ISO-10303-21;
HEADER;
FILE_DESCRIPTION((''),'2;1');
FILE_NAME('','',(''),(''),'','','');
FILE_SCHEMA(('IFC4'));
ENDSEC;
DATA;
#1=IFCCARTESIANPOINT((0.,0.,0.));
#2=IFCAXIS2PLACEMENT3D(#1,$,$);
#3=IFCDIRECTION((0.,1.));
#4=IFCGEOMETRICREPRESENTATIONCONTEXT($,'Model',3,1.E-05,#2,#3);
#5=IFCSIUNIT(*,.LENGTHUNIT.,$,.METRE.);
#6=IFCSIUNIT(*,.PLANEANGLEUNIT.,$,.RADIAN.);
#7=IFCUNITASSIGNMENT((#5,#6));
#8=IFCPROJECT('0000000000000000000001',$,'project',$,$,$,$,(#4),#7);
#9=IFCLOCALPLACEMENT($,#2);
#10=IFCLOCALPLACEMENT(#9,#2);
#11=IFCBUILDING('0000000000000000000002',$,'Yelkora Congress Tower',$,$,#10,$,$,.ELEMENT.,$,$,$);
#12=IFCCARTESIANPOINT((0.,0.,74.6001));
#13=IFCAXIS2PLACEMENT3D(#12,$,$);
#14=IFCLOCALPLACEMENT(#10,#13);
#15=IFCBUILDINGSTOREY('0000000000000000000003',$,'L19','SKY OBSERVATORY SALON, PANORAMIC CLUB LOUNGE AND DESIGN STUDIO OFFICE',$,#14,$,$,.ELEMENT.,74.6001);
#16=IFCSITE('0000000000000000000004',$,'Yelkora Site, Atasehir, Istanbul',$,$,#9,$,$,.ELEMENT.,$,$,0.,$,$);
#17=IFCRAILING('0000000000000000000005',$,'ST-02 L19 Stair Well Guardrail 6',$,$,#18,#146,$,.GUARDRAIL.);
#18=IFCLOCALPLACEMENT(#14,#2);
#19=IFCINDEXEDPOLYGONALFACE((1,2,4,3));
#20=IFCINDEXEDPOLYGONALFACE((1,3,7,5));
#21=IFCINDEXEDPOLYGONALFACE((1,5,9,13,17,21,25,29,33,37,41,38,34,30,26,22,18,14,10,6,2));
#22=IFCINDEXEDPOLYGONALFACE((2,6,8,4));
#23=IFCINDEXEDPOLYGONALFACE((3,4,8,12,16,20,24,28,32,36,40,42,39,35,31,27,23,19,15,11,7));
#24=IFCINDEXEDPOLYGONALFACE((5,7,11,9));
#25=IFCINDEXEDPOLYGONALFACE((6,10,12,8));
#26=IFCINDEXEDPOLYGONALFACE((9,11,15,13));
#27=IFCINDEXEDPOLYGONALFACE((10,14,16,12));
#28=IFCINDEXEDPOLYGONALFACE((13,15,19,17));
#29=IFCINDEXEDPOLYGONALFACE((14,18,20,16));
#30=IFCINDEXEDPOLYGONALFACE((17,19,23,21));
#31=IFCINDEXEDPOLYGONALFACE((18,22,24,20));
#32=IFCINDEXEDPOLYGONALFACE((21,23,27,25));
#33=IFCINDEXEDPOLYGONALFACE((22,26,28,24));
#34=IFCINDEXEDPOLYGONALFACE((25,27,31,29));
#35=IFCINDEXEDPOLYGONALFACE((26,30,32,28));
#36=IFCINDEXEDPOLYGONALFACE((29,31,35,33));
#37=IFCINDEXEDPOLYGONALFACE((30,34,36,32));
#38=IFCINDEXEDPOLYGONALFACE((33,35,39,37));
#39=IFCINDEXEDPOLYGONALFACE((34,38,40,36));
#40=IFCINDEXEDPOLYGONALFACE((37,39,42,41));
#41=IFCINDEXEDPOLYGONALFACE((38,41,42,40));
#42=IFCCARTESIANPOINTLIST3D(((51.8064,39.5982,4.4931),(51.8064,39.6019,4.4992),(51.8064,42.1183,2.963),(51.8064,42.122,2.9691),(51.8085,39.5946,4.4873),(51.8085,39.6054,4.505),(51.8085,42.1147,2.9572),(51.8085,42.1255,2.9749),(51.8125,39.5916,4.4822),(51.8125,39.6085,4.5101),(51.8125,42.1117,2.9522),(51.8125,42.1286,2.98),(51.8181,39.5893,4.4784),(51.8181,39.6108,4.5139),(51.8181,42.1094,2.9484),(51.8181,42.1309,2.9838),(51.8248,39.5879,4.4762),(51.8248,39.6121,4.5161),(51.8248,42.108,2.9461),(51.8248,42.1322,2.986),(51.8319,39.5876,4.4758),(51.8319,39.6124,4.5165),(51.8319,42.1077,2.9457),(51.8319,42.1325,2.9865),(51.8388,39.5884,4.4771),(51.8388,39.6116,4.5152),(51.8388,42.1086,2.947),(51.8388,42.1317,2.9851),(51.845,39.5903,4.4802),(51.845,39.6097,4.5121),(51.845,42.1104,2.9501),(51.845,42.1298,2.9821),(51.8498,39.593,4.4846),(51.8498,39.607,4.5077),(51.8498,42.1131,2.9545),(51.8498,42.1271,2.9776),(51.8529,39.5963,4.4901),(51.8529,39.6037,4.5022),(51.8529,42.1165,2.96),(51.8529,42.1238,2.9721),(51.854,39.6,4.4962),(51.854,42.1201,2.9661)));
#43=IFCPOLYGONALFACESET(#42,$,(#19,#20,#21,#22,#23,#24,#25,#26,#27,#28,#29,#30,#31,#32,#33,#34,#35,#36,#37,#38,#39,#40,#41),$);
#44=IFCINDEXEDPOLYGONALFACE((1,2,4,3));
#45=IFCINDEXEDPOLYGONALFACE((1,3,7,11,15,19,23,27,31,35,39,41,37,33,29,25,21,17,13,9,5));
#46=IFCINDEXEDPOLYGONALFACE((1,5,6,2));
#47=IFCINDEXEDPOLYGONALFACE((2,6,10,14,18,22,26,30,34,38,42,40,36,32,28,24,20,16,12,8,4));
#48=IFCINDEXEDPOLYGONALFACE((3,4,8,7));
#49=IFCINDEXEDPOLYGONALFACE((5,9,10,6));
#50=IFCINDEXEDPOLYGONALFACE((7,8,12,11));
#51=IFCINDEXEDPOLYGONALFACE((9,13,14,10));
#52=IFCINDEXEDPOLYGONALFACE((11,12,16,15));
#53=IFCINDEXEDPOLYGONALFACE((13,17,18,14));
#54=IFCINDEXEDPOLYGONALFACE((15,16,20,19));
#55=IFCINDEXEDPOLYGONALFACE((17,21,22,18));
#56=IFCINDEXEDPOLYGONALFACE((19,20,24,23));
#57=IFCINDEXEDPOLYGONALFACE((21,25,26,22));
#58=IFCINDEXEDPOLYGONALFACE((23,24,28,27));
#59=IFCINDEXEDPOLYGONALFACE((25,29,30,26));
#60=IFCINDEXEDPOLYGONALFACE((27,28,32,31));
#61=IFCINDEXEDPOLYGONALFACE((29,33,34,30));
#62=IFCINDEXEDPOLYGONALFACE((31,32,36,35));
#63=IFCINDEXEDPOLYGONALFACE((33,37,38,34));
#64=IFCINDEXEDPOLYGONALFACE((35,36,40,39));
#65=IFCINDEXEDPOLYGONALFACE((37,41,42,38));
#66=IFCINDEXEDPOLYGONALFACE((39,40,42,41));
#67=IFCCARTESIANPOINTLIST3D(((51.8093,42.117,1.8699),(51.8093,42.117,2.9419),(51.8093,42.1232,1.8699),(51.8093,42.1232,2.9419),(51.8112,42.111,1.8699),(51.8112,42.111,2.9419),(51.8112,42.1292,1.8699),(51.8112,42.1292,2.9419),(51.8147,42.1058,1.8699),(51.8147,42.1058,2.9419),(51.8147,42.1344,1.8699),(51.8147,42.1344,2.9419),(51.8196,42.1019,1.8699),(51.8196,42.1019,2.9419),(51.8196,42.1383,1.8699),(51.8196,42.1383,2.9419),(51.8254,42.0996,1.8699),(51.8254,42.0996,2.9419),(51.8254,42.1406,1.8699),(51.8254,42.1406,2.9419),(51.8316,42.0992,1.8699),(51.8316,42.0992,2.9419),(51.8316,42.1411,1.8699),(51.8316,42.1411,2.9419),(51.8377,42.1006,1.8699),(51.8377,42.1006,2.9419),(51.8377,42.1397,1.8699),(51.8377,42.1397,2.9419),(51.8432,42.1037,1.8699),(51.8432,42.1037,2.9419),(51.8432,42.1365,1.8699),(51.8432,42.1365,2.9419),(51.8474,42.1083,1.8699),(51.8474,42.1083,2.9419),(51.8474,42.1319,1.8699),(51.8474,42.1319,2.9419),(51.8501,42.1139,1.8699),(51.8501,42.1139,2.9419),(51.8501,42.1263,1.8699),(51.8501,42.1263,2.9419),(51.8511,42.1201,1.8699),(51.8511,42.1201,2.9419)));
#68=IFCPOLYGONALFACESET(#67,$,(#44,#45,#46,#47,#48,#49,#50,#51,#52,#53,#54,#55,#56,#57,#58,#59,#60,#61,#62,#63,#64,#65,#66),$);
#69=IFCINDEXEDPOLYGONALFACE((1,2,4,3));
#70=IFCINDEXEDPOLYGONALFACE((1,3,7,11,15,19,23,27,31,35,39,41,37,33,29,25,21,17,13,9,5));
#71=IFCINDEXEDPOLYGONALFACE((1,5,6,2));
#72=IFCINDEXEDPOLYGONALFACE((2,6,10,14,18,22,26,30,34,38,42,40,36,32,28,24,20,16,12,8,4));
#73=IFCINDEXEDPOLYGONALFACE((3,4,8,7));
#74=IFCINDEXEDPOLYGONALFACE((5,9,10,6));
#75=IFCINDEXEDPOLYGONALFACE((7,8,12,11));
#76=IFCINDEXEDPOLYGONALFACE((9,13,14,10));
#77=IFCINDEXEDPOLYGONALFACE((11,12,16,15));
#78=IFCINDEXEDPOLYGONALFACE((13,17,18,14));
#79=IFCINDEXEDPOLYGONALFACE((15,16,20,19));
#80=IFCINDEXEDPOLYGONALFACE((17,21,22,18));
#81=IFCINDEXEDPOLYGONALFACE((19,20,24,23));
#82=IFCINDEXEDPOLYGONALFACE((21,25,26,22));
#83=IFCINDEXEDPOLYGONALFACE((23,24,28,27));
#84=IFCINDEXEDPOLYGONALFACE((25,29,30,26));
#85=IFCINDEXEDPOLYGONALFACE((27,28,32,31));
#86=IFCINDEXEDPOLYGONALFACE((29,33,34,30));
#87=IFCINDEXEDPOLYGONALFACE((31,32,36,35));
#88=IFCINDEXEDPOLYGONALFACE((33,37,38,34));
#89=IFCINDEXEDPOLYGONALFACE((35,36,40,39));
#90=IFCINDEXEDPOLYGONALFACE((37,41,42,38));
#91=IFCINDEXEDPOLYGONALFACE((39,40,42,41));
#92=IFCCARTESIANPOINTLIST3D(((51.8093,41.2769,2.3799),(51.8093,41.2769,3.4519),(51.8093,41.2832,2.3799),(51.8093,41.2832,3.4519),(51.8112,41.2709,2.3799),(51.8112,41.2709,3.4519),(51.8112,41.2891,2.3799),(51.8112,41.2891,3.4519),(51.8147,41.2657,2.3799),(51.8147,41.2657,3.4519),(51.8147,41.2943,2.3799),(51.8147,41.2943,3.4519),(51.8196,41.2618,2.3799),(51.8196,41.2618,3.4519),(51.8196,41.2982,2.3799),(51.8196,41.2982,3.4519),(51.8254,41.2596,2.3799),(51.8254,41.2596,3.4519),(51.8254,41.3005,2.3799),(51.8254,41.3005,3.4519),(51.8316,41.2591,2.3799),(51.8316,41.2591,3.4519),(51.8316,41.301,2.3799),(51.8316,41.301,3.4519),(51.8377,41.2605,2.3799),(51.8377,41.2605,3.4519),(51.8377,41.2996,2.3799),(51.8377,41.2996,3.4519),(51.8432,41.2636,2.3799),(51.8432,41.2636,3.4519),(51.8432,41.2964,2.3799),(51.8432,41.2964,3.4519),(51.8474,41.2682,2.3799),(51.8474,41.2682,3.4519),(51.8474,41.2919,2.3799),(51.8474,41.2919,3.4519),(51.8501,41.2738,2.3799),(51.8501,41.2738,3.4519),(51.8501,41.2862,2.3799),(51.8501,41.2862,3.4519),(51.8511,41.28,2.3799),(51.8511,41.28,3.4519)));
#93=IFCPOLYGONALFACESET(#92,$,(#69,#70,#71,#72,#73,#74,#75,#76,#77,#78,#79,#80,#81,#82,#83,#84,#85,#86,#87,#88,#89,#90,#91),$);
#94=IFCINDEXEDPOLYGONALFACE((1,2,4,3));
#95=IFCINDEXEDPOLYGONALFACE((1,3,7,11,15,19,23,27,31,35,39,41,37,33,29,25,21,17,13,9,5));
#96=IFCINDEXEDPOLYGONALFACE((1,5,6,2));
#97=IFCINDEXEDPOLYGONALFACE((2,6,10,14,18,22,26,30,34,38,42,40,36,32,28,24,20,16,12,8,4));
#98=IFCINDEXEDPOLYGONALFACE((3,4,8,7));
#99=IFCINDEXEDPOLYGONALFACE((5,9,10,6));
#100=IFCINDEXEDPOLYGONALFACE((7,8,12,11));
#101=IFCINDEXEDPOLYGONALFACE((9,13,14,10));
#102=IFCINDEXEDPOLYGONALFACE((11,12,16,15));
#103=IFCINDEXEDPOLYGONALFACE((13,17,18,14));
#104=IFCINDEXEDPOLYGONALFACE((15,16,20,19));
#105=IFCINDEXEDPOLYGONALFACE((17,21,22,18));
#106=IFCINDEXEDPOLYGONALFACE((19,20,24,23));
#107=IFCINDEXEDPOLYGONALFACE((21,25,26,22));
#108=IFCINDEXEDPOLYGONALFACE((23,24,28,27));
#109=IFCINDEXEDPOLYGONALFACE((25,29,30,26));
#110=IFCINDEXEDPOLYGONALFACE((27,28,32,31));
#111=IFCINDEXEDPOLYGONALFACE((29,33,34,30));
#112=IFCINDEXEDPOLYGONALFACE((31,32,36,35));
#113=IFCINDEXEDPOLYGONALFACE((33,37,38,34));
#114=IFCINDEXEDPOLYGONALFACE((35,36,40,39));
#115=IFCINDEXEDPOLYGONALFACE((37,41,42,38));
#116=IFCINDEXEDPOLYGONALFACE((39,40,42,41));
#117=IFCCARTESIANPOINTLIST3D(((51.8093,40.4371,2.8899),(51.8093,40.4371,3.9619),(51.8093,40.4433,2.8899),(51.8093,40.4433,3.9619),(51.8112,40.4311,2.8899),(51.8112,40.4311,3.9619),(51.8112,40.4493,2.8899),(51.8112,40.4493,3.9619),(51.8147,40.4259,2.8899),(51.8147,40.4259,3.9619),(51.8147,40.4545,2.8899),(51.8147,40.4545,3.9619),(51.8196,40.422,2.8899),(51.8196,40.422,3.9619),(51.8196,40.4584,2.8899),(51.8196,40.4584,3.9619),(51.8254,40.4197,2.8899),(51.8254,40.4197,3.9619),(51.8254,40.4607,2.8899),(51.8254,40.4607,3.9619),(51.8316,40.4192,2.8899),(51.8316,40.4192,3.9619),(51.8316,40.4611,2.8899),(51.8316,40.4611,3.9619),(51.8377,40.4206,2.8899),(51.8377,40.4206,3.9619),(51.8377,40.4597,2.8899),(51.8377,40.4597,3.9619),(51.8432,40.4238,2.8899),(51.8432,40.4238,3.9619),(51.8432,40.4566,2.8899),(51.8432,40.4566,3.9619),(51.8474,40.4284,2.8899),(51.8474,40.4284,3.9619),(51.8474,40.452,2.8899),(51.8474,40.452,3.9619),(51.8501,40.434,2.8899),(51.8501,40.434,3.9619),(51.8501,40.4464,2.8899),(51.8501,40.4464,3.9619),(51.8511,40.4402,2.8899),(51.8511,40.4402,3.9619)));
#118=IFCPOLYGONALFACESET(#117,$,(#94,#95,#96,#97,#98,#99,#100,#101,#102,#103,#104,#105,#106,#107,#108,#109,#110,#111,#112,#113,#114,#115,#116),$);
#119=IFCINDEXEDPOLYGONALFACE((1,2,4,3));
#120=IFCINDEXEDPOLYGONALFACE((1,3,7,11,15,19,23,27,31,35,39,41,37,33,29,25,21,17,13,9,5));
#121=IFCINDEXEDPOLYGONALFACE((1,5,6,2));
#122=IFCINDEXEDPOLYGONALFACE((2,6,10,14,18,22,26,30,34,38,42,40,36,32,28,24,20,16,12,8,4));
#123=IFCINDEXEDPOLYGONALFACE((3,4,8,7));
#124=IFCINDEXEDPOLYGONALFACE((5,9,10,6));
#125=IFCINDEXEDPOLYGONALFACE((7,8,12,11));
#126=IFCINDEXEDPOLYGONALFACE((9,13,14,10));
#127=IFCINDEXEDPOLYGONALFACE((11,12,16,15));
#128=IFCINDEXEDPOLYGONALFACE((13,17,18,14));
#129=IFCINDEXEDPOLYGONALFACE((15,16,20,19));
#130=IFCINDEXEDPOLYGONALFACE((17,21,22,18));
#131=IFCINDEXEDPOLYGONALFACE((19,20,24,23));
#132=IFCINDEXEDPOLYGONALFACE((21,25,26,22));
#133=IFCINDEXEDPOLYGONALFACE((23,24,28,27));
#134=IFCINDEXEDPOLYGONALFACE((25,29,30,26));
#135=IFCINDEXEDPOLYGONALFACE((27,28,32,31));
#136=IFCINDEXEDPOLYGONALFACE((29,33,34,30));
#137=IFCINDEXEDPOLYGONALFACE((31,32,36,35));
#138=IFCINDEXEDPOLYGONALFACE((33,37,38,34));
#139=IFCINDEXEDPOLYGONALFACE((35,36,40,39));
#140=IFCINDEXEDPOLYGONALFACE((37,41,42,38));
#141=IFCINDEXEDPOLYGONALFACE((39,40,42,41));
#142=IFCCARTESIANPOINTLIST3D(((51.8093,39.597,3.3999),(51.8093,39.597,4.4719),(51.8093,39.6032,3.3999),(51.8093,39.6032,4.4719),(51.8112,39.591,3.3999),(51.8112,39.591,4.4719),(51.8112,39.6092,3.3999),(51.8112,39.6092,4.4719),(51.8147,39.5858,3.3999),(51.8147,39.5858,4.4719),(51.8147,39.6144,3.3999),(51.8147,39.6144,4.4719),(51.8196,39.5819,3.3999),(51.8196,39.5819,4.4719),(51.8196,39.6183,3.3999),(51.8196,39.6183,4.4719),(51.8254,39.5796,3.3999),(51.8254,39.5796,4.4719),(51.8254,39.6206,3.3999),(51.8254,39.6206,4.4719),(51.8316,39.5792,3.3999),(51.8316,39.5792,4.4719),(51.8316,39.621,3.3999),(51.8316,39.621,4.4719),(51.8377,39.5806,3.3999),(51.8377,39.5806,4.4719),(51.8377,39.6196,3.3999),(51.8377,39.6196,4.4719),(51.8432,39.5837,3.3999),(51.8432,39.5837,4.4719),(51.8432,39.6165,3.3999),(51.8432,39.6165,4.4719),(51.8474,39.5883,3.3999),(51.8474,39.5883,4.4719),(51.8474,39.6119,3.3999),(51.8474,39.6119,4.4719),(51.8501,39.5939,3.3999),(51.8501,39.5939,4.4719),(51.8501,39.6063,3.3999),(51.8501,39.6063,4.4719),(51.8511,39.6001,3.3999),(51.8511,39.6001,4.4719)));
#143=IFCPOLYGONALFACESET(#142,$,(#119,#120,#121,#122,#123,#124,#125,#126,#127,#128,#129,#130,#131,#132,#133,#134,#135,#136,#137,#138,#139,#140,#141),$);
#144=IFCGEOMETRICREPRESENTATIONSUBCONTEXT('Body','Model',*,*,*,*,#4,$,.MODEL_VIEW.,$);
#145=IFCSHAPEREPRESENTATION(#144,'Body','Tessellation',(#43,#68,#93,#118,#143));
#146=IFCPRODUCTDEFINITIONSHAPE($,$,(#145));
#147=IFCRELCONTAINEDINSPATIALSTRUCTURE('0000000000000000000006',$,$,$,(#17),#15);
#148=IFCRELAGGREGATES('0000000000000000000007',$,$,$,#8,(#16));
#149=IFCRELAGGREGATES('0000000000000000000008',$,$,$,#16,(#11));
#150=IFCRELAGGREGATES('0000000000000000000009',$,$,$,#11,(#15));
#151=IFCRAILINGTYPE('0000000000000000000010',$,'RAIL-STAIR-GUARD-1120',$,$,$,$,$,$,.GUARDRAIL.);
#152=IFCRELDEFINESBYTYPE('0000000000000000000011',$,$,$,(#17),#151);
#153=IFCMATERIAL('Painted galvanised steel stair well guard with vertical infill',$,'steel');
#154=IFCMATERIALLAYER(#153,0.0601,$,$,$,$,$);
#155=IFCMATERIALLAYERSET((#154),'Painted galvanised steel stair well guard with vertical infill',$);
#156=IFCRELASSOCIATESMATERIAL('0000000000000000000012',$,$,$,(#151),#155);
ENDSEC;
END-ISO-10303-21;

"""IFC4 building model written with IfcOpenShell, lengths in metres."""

from ifc_helpers import new_model, si_unit, direction, frame, origin, origin_2d, place, context, subcontext, project, spatial, circle, extrude, material, layer, layer_set, type_object, element, save


model = new_model("IFC4")

# Units and contexts
model_context = context("Model", 3, precision=1e-05, world=origin(), true_north=direction((0.0, 1.0)))
body_context = subcontext(model_context, "Body", "Model", "MODEL_VIEW")
ifc_project = project(units=[si_unit("LENGTHUNIT", "METRE"), si_unit("PLANEANGLEUNIT", "RADIAN")], contexts=[model_context])

# Site, building, storey
site_placement = place(None, origin())
site = spatial("IfcSite", under=ifc_project, at=site_placement, Name="Yelkora Site, Atasehir, Istanbul", CompositionType="ELEMENT", RefElevation=0.0)
building_placement = place(site_placement, origin())
building = spatial("IfcBuilding", under=site, at=building_placement, Name="Yelkora Congress Tower", CompositionType="ELEMENT")
storey_placement = place(building_placement, frame((0.0, 0.0, 74.6001)))
storey = spatial("IfcBuildingStorey", under=building, at=storey_placement, Name="L19", Description="SKY OBSERVATORY SALON, PANORAMIC CLUB LOUNGE AND DESIGN STUDIO OFFICE", CompositionType="ELEMENT", Elevation=74.6001)

# Railing
ifc_material_1 = material(Name="Painted galvanised steel stair well guard with vertical infill", Category="steel")
ifc_layer_1 = layer(ifc_material_1, 0.0601)
ifc_layer_set_1 = layer_set([ifc_layer_1], Name="Painted galvanised steel stair well guard with vertical infill")
railing_type_1 = type_object("IfcRailingType", Name="RAIL-STAIR-GUARD-1120", PredefinedType="GUARDRAIL", material=ifc_layer_set_1)
railing_1_placement = place(storey_placement, frame((51.8301, 42.1201, 1.8699)))
element("IfcRailing", 1, at=railing_1_placement, inside=storey, type_object=railing_type_1, Name="ST-02 L19 Stair Well Guardrail 6", PredefinedType="GUARDRAIL", context=body_context, shape_type="SweptSolid", body=[
    extrude(circle(Radius=0.0239, at=origin_2d()), frame((0.0, 0.0, 1.0962), z_axis=(0.0, -0.854785, 0.518982), x_axis=(1.0, 0.0, 0.0)), (0.0, 0.0, 1.0), 2.9482),
    extrude(circle(Radius=0.021, at=origin_2d()), origin(), (0.0, 0.0, 1.0), 1.072),
    extrude(circle(Radius=0.021, at=origin_2d()), frame((0.0, -0.8401, 0.51)), (0.0, 0.0, 1.0), 1.072),
    extrude(circle(Radius=0.021, at=origin_2d()), frame((0.0, -1.6799, 1.02)), (0.0, 0.0, 1.0), 1.072),
    extrude(circle(Radius=0.021, at=origin_2d()), frame((0.0, -2.52, 1.53)), (0.0, 0.0, 1.0), 1.072),
])

save(model, "model.ifc")
